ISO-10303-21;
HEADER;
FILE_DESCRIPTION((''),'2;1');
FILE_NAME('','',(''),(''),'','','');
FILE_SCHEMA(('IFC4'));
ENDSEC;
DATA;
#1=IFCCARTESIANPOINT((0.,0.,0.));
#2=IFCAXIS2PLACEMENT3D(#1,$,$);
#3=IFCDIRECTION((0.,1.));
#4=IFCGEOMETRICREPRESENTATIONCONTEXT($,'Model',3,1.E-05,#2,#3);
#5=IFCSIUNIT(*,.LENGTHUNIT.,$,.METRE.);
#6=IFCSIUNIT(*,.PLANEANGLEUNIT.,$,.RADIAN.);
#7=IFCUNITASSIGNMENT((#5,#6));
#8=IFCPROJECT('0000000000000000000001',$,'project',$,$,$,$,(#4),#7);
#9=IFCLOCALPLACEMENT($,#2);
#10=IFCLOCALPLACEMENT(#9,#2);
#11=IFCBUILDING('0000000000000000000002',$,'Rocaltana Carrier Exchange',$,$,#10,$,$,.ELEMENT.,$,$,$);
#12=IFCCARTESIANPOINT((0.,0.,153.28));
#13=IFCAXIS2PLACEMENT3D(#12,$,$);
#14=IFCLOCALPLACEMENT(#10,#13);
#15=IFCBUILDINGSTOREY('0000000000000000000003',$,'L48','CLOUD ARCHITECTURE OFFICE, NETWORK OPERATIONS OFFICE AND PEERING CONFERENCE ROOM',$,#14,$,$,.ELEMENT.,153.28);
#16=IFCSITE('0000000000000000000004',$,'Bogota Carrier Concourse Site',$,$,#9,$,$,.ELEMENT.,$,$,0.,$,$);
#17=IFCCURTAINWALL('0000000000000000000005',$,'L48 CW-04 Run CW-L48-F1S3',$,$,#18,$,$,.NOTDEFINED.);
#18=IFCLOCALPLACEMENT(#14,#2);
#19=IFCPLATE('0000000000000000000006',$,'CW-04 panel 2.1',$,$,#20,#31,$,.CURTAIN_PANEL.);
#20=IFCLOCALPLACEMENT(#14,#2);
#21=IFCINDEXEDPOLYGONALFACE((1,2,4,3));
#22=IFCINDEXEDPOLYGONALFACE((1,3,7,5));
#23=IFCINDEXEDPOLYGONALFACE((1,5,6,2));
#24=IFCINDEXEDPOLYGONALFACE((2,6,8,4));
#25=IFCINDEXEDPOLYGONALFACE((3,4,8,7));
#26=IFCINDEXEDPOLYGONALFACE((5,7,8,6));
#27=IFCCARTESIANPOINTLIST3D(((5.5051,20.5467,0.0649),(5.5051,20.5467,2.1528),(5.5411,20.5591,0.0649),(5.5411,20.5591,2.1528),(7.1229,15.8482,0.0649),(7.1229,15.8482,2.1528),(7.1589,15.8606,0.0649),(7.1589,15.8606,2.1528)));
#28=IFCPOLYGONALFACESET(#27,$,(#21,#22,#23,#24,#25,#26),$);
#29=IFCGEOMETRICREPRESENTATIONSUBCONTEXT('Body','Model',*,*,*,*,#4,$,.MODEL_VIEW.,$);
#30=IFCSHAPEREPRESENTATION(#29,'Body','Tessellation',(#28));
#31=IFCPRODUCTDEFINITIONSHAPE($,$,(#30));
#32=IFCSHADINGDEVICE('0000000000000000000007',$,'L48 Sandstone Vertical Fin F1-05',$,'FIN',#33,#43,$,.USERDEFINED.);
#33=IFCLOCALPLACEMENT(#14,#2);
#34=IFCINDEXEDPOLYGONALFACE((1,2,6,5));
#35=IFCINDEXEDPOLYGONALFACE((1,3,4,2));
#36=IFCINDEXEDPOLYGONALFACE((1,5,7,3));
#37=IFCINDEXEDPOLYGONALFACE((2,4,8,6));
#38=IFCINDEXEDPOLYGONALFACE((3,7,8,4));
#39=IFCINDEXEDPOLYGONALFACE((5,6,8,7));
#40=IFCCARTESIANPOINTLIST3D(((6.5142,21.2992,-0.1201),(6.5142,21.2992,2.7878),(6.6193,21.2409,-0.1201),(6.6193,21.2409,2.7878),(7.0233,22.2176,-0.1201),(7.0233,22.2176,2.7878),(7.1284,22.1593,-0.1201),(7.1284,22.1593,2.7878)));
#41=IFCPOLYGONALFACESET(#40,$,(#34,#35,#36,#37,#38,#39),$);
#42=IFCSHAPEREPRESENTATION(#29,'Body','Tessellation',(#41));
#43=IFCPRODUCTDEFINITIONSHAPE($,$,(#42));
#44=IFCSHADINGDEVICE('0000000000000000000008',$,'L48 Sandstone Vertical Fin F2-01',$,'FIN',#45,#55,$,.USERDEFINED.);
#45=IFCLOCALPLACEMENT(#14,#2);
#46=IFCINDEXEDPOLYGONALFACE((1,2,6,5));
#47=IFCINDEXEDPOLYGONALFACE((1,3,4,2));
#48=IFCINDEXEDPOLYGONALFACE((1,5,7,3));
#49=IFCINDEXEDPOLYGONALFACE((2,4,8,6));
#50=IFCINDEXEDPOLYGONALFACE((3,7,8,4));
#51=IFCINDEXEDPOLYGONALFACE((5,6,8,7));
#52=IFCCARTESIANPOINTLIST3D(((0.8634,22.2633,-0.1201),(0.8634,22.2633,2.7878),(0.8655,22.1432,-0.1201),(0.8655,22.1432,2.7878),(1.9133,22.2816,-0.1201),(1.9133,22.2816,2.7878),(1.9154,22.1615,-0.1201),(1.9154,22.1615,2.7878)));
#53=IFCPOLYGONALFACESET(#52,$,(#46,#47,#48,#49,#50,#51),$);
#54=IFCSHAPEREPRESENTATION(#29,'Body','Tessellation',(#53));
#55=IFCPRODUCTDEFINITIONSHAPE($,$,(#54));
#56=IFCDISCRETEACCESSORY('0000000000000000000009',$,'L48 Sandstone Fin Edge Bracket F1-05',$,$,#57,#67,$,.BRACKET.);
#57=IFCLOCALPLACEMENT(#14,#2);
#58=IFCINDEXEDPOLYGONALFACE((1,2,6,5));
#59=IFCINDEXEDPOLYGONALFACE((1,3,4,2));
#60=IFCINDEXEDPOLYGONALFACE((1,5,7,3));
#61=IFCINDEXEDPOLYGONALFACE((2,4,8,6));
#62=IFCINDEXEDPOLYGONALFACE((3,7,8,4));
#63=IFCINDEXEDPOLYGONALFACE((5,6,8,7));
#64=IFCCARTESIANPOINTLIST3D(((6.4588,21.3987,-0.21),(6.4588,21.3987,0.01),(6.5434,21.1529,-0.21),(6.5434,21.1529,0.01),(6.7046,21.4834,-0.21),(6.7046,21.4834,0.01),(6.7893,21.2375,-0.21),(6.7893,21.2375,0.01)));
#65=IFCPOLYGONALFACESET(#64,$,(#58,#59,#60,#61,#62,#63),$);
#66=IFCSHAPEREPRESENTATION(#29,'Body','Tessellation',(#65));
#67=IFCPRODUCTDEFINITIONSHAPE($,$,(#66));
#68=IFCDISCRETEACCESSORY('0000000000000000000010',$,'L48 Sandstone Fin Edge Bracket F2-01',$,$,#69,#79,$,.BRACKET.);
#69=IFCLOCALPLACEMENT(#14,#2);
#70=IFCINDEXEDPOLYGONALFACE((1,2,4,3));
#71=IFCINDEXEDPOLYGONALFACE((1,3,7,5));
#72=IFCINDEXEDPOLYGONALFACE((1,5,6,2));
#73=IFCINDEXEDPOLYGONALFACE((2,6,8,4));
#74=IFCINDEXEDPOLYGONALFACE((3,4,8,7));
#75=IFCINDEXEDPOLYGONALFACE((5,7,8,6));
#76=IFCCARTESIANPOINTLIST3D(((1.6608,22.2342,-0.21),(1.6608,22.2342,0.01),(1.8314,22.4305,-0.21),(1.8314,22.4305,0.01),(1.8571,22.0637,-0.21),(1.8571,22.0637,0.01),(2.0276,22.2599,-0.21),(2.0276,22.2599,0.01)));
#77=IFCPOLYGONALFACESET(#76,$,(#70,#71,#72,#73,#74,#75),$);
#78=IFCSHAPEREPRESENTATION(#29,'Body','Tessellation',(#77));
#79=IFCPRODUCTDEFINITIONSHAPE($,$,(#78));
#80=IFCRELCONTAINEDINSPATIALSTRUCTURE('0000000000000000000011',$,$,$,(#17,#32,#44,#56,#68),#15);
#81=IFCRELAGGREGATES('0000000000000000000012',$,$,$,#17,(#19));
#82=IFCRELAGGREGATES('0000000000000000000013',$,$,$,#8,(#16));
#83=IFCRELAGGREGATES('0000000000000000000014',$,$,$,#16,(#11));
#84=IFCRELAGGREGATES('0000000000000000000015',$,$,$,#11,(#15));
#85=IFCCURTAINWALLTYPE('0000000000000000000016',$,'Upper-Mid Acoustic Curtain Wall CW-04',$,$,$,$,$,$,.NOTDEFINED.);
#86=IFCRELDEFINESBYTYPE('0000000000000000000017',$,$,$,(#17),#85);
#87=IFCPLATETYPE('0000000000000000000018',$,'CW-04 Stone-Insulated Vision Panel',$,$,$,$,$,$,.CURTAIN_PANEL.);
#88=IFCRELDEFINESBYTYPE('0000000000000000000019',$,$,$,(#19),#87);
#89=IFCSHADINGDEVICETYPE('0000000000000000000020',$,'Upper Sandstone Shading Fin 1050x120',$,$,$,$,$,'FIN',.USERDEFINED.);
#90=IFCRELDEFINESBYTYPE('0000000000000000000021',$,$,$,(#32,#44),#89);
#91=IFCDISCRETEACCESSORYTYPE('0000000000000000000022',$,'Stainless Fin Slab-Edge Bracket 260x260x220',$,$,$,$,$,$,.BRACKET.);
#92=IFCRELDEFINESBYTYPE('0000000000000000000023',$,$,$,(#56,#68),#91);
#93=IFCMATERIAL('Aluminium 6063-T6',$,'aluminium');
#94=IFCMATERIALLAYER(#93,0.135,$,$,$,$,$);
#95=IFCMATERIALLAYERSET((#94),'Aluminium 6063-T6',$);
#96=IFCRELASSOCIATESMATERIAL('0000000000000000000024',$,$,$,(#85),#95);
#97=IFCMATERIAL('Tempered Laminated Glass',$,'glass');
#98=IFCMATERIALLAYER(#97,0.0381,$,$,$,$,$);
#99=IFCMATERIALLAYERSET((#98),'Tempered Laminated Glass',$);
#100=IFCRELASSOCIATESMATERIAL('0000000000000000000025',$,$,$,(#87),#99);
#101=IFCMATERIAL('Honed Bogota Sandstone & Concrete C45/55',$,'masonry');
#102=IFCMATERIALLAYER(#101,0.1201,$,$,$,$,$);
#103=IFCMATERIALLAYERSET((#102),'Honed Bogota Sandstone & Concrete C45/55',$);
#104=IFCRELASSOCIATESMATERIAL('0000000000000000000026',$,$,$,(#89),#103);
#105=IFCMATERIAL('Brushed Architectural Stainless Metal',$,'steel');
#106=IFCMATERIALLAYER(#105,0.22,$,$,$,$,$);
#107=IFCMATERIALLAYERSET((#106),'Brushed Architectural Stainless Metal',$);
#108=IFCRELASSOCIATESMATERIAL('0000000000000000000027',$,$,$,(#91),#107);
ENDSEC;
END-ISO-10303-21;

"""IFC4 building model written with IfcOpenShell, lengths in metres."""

from ifc_helpers import new_model, si_unit, direction, frame, origin, origin_2d, place, context, subcontext, project, spatial, rectangle, extrude, material, layer, layer_set, type_object, element, aggregate, save


model = new_model("IFC4")

# Units and contexts
model_context = context("Model", 3, precision=1e-05, world=origin(), true_north=direction((0.0, 1.0)))
body_context = subcontext(model_context, "Body", "Model", "MODEL_VIEW")
ifc_project = project(units=[si_unit("LENGTHUNIT", "METRE"), si_unit("PLANEANGLEUNIT", "RADIAN")], contexts=[model_context])

# Site, building, storey
site_placement = place(None, origin())
site = spatial("IfcSite", under=ifc_project, at=site_placement, Name="Bogota Carrier Concourse Site", CompositionType="ELEMENT", RefElevation=0.0)
building_placement = place(site_placement, origin())
building = spatial("IfcBuilding", under=site, at=building_placement, Name="Rocaltana Carrier Exchange", CompositionType="ELEMENT")
storey_placement = place(building_placement, frame((0.0, 0.0, 153.28)))
storey = spatial("IfcBuildingStorey", under=building, at=storey_placement, Name="L48", Description="CLOUD ARCHITECTURE OFFICE, NETWORK OPERATIONS OFFICE AND PEERING CONFERENCE ROOM", CompositionType="ELEMENT", Elevation=153.28)

# Curtain wall
ifc_material_1 = material(Name="Aluminium 6063-T6", Category="aluminium")
ifc_layer_1 = layer(ifc_material_1, 0.135)
ifc_layer_set_1 = layer_set([ifc_layer_1], Name="Aluminium 6063-T6")
curtain_wall_type = type_object("IfcCurtainWallType", Name="Upper-Mid Acoustic Curtain Wall CW-04", PredefinedType="NOTDEFINED", material=ifc_layer_set_1)
curtain_wall_1_placement = place(storey_placement, origin())
curtain_wall_1 = element("IfcCurtainWall", 1, at=curtain_wall_1_placement, inside=storey, type_object=curtain_wall_type, Name="L48 CW-04 Run CW-L48-F1S3", PredefinedType="NOTDEFINED")

# Plate
ifc_material_2 = material(Name="Tempered Laminated Glass", Category="glass")
ifc_layer_2 = layer(ifc_material_2, 0.0381)
ifc_layer_set_2 = layer_set([ifc_layer_2], Name="Tempered Laminated Glass")
plate_type = type_object("IfcPlateType", Name="CW-04 Stone-Insulated Vision Panel", PredefinedType="CURTAIN_PANEL", material=ifc_layer_set_2)
plate_placement = place(storey_placement, frame((6.332, 18.2036, 0.0649), z_axis=(0.0, 0.0, 1.0), x_axis=(-0.325559, 0.945522, 0.0)))
plate = element("IfcPlate", 2, at=plate_placement, type_object=plate_type, Name="CW-04 panel 2.1", PredefinedType="CURTAIN_PANEL", context=body_context, shape_type="SweptSolid", body=[
    extrude(rectangle(XDim=4.9692, YDim=0.0381, at=origin_2d()), origin(), (0.0, 0.0, 1.0), 2.0879),
])
aggregate(curtain_wall_1, [plate])

# Shading devices
ifc_material_3 = material(Name="Honed Bogota Sandstone & Concrete C45/55", Category="masonry")
ifc_layer_3 = layer(ifc_material_3, 0.1201)
ifc_layer_set_3 = layer_set([ifc_layer_3], Name="Honed Bogota Sandstone & Concrete C45/55")
shading_device_type = type_object("IfcShadingDeviceType", Name="Upper Sandstone Shading Fin 1050x120", ElementType="FIN", PredefinedType="USERDEFINED", material=ifc_layer_set_3)
for number, where, z_axis, x_axis, name in (
    (3, (6.8213, 21.7292, -0.1201), (0.0, 0.0, 1.0), (0.48481, 0.87462, 0.0), "L48 Sandstone Vertical Fin F1-05"),
    (4, (1.3894, 22.2124, -0.1201), (0.0, 0.0, 1.0), (-0.999848, -0.017452, 0.0), "L48 Sandstone Vertical Fin F2-01"),
):
    element("IfcShadingDevice", number, at=place(storey_placement, frame(where, z_axis=z_axis, x_axis=x_axis)), inside=storey, type_object=shading_device_type, Name=name, ObjectType="FIN", PredefinedType="USERDEFINED", context=body_context, shape_type="SweptSolid", body=[
        extrude(rectangle(XDim=1.05, YDim=0.1201, at=origin_2d()), origin(), (0.0, 0.0, 1.0), 2.908),
    ])

# Discrete accessories
ifc_material_4 = material(Name="Brushed Architectural Stainless Metal", Category="steel")
ifc_layer_4 = layer(ifc_material_4, 0.22)
ifc_layer_set_4 = layer_set([ifc_layer_4], Name="Brushed Architectural Stainless Metal")
discrete_accessory_type = type_object("IfcDiscreteAccessoryType", Name="Stainless Fin Slab-Edge Bracket 260x260x220", PredefinedType="BRACKET", material=ifc_layer_set_4)
for number, where, z_axis, x_axis, name in (
    (5, (6.624, 21.3181, -0.21), (0.0, 0.0, 1.0), (-0.325568, 0.945519, 0.0), "L48 Sandstone Fin Edge Bracket F1-05"),
    (6, (1.8442, 22.2471, -0.21), (0.0, 0.0, 1.0), (-0.656059, -0.75471, 0.0), "L48 Sandstone Fin Edge Bracket F2-01"),
):
    element("IfcDiscreteAccessory", number, at=place(storey_placement, frame(where, z_axis=z_axis, x_axis=x_axis)), inside=storey, type_object=discrete_accessory_type, Name=name, PredefinedType="BRACKET", context=body_context, shape_type="SweptSolid", body=[
        extrude(rectangle(XDim=0.26, YDim=0.26, at=origin_2d()), origin(), (0.0, 0.0, 1.0), 0.22),
    ])

save(model, "model.ifc")
